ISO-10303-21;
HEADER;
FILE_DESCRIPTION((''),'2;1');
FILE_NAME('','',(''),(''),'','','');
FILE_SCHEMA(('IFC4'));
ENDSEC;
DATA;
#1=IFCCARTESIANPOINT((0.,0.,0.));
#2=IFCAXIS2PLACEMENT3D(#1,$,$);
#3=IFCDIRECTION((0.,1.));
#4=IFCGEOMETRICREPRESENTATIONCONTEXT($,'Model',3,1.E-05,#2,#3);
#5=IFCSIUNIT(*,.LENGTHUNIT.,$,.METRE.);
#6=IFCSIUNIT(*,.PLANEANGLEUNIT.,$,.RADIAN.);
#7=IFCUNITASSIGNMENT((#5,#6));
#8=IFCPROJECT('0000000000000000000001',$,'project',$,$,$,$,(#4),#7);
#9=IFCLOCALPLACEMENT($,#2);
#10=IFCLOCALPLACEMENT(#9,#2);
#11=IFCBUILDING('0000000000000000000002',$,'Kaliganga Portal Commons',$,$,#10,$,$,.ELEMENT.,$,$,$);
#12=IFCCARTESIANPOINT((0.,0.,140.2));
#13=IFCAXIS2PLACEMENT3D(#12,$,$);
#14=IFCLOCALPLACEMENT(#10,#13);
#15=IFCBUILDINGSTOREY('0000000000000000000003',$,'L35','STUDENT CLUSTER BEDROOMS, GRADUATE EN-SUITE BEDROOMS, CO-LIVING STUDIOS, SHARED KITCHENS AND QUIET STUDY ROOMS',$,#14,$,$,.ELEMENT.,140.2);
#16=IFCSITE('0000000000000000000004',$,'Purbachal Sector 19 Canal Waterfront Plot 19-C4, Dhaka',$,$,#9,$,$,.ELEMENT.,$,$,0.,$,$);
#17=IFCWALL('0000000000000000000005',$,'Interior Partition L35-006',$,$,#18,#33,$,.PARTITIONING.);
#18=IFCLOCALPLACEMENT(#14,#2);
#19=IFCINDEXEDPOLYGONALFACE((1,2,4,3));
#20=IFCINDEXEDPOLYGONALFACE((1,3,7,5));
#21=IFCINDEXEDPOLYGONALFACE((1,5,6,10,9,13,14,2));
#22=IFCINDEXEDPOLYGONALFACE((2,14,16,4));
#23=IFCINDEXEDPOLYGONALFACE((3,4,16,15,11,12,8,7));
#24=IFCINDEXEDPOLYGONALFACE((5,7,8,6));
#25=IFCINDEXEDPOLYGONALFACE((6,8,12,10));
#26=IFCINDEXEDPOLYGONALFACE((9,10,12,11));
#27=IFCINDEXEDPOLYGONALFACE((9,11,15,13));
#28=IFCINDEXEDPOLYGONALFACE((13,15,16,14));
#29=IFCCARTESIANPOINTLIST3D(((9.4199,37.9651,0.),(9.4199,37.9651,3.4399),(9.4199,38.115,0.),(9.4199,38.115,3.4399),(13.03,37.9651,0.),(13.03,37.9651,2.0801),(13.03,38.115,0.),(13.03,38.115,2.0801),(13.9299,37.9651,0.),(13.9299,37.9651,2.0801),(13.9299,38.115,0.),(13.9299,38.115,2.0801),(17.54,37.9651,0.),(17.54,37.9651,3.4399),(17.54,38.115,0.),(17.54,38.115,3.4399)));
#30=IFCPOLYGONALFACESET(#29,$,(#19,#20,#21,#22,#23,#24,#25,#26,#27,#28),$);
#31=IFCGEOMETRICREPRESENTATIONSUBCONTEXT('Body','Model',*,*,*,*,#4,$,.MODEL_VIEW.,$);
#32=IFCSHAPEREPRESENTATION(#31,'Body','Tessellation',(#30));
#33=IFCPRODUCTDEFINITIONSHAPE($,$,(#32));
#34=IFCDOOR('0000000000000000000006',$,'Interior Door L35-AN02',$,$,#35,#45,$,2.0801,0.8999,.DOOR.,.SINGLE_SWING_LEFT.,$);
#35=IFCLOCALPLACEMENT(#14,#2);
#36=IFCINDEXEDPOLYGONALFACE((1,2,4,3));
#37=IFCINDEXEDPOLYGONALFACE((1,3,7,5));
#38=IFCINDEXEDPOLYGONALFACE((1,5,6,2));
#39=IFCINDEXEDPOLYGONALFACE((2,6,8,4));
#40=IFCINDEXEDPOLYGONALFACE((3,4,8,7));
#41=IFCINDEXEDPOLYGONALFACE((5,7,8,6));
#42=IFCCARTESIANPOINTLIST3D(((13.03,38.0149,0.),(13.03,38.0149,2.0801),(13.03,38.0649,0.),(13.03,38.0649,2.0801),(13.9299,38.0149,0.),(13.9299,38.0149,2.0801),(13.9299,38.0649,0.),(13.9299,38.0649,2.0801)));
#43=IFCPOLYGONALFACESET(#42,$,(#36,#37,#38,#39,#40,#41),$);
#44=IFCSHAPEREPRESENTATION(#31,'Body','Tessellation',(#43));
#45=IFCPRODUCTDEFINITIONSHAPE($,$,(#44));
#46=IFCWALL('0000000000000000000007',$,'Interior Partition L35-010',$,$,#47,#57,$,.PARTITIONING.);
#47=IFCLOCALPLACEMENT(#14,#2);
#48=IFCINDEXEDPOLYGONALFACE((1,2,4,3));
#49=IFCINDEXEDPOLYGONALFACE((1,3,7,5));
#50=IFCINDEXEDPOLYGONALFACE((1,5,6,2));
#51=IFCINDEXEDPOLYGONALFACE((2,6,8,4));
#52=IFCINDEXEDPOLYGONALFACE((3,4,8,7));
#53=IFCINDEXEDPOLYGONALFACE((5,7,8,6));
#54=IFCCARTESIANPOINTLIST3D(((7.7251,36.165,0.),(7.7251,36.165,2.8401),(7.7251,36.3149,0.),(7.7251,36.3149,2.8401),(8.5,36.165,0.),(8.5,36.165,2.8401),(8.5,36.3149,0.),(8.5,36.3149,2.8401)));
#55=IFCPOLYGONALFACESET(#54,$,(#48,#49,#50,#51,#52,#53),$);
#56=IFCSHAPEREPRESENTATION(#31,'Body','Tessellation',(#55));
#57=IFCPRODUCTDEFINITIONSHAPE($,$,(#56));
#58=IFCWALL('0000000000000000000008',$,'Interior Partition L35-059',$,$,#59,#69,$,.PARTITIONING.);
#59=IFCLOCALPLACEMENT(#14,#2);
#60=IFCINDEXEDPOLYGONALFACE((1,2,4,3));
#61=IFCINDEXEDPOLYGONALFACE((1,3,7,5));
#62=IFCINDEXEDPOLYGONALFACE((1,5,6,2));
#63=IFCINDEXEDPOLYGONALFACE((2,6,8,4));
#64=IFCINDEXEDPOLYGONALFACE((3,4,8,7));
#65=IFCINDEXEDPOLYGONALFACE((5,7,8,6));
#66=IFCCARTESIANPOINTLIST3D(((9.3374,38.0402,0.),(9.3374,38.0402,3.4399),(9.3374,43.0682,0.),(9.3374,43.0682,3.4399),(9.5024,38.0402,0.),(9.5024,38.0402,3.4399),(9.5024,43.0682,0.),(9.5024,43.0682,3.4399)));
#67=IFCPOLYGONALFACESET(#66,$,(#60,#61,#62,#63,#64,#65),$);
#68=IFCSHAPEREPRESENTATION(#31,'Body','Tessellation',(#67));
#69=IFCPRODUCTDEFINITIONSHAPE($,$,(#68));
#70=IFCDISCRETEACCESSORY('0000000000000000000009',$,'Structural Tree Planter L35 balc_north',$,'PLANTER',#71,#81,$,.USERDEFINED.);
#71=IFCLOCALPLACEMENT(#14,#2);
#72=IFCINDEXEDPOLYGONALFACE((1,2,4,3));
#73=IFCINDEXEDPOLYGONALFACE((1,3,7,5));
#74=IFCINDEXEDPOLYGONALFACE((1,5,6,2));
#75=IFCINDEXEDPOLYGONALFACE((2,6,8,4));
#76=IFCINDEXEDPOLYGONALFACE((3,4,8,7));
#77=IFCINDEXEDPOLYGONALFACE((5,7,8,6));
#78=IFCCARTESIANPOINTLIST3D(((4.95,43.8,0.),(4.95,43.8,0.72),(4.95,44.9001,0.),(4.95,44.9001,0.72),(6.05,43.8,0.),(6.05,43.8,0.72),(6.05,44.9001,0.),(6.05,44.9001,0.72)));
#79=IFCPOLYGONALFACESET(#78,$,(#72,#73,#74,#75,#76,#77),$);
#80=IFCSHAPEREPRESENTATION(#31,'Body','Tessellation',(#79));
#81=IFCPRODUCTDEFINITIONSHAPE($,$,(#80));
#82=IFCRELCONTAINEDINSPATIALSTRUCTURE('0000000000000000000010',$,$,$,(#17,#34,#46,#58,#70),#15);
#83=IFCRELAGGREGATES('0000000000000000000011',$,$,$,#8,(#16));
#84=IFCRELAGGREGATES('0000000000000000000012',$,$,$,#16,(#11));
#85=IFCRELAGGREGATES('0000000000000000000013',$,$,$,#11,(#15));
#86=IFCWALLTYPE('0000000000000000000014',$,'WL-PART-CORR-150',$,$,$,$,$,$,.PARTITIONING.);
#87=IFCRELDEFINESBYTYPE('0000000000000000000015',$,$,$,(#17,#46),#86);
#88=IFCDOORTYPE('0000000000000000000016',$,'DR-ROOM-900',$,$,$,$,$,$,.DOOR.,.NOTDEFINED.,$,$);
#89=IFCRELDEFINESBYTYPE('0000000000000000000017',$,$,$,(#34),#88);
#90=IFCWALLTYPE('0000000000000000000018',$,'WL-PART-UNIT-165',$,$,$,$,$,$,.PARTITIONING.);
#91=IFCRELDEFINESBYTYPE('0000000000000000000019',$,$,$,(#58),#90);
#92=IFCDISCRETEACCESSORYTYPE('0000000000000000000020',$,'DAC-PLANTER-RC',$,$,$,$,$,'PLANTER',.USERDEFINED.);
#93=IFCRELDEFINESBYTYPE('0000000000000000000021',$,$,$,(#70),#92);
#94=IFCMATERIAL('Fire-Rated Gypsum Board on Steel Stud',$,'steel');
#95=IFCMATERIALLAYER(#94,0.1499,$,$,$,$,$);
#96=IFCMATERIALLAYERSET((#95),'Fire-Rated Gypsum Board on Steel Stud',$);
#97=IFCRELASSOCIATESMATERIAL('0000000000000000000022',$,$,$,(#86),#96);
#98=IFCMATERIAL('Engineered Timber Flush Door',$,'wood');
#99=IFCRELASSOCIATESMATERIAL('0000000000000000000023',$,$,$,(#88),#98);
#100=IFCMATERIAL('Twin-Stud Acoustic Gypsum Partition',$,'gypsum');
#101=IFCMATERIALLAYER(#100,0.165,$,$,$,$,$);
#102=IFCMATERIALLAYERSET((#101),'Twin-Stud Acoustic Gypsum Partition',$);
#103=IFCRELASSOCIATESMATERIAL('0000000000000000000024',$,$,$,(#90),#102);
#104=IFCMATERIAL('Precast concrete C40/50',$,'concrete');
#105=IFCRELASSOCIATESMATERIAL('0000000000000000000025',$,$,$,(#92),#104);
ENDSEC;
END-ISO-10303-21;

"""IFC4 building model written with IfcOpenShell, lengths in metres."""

from ifc_helpers import new_model, si_unit, direction, frame, frame_2d, origin, origin_2d, place, context, subcontext, project, spatial, rectangle, extrude, source, transform, mapped, material, layer, layer_set, type_object, element, fill, save


model = new_model("IFC4")

# Units and contexts
model_context = context("Model", 3, precision=1e-05, world=origin(), true_north=direction((0.0, 1.0)))
body_context = subcontext(model_context, "Body", "Model", "MODEL_VIEW")
ifc_project = project(units=[si_unit("LENGTHUNIT", "METRE"), si_unit("PLANEANGLEUNIT", "RADIAN")], contexts=[model_context])

# Site, building, storey
site_placement = place(None, origin())
site = spatial("IfcSite", under=ifc_project, at=site_placement, Name="Purbachal Sector 19 Canal Waterfront Plot 19-C4, Dhaka", CompositionType="ELEMENT", RefElevation=0.0)
building_placement = place(site_placement, origin())
building = spatial("IfcBuilding", under=site, at=building_placement, Name="Kaliganga Portal Commons", CompositionType="ELEMENT")
storey_placement = place(building_placement, frame((0.0, 0.0, 140.2)))
storey = spatial("IfcBuildingStorey", under=building, at=storey_placement, Name="L35", Description="STUDENT CLUSTER BEDROOMS, GRADUATE EN-SUITE BEDROOMS, CO-LIVING STUDIOS, SHARED KITCHENS AND QUIET STUDY ROOMS", CompositionType="ELEMENT", Elevation=140.2)

# Wall, opening, door
ifc_material_1 = material(Name="Fire-Rated Gypsum Board on Steel Stud", Category="steel")
ifc_layer_1 = layer(ifc_material_1, 0.1499)
ifc_layer_set_1 = layer_set([ifc_layer_1], Name="Fire-Rated Gypsum Board on Steel Stud")
wall_type_1 = type_object("IfcWallType", Name="WL-PART-CORR-150", PredefinedType="PARTITIONING", material=ifc_layer_set_1)
wall_1_placement = place(storey_placement, frame((9.4199, 38.04, 0.0), z_axis=(0.0, 0.0, 1.0), x_axis=(1.0, 0.0, 0.0)))
wall_1 = element("IfcWall", 1, at=wall_1_placement, inside=storey, type_object=wall_type_1, Name="Interior Partition L35-006", PredefinedType="PARTITIONING", context=body_context, shape_type="SweptSolid", body=[
    extrude(rectangle(XDim=8.1201, YDim=0.1499, at=frame_2d((4.0601, 0.0))), origin(), (0.0, 0.0, 1.0), 3.4399),
])
opening_1_placement = place(wall_1_placement, frame((3.6101, 0.0, 0.0)))
opening_1 = element("IfcOpeningElement", 2, at=opening_1_placement, cuts=wall_1, PredefinedType="OPENING", context=body_context, shape_type="SweptSolid", body=[
    extrude(rectangle(XDim=0.8999, YDim=2.0801, at=frame_2d((0.45, 1.04))), frame((0.0, 0.085, 0.0), z_axis=(0.0, -1.0, 0.0), x_axis=(1.0, 0.0, 0.0)), (0.0, 0.0, 1.0), 0.1699),
])
ifc_material_2 = material(Name="Engineered Timber Flush Door", Category="wood")
door_type_1 = type_object("IfcDoorType", Name="DR-ROOM-900", OperationType="NOTDEFINED", PredefinedType="DOOR", material=ifc_material_2)
door_1_placement = place(opening_1_placement, origin())
door_1 = element("IfcDoor", 3, at=door_1_placement, inside=storey, type_object=door_type_1, Name="Interior Door L35-AN02", OperationType="SINGLE_SWING_LEFT", OverallHeight=2.0801, OverallWidth=0.8999, PredefinedType="DOOR", context=body_context, shape_type="SweptSolid", body=[
    extrude(rectangle(XDim=0.8999, YDim=2.0801, at=frame_2d((0.45, 1.04))), frame((0.0, 0.0249, 0.0), z_axis=(0.0, -1.0, 0.0), x_axis=(1.0, 0.0, 0.0)), (0.0, 0.0, 1.0), 0.05),
])
fill(opening_1, door_1)

# Walls
wall_2_placement = place(storey_placement, frame((7.7251, 36.24, 0.0), z_axis=(0.0, 0.0, 1.0), x_axis=(1.0, 0.0, 0.0)))
element("IfcWall", 4, at=wall_2_placement, inside=storey, type_object=wall_type_1, Name="Interior Partition L35-010", PredefinedType="PARTITIONING", context=body_context, shape_type="SweptSolid", body=[
    extrude(rectangle(XDim=0.7749, YDim=0.1499, at=frame_2d((0.3875, 0.0))), origin(), (0.0, 0.0, 1.0), 2.8401),
])
ifc_material_3 = material(Name="Twin-Stud Acoustic Gypsum Partition", Category="gypsum")
ifc_layer_2 = layer(ifc_material_3, 0.165)
ifc_layer_set_2 = layer_set([ifc_layer_2], Name="Twin-Stud Acoustic Gypsum Partition")
wall_type_2 = type_object("IfcWallType", Name="WL-PART-UNIT-165", PredefinedType="PARTITIONING", material=ifc_layer_set_2)
wall_3_placement = place(storey_placement, frame((9.4199, 38.04, 0.0), z_axis=(0.0, 0.0, 1.0), x_axis=(0.0, 1.0, 0.0)))
element("IfcWall", 5, at=wall_3_placement, inside=storey, type_object=wall_type_2, Name="Interior Partition L35-059", PredefinedType="PARTITIONING", context=body_context, shape_type="SweptSolid", body=[
    extrude(rectangle(XDim=5.0281, YDim=0.165, at=frame_2d((2.5142, 0.0))), origin(), (0.0, 0.0, 1.0), 3.4399),
])

# Discrete accessory
ifc_material_4 = material(Name="Precast concrete C40/50", Category="concrete")
discrete_accessory_type = type_object("IfcDiscreteAccessoryType", Name="DAC-PLANTER-RC", ElementType="PLANTER", PredefinedType="USERDEFINED", material=ifc_material_4)
shared_shape_1 = source(origin(), body_context, "Body", "SweptSolid", [
    extrude(rectangle(XDim=1.1001, YDim=1.1001, at=origin_2d()), origin(), (0.0, 0.0, 1.0), 0.72),
])
discrete_accessory_placement = place(storey_placement, frame((5.5, 44.3501, 0.0), z_axis=(0.0, 0.0, 1.0), x_axis=(1.0, 0.0, 0.0)))
element("IfcDiscreteAccessory", 6, at=discrete_accessory_placement, inside=storey, type_object=discrete_accessory_type, Name="Structural Tree Planter L35 balc_north", ObjectType="PLANTER", PredefinedType="USERDEFINED", context=body_context, shape_type="MappedRepresentation", body=[
    mapped(shared_shape_1, transform((0.0, 0.0, 0.0), x_axis=(1.0, 0.0, 0.0), y_axis=(0.0, 1.0, 0.0), z_axis=(0.0, 0.0, 1.0), scale=1.0)),
])

save(model, "model.ifc")
